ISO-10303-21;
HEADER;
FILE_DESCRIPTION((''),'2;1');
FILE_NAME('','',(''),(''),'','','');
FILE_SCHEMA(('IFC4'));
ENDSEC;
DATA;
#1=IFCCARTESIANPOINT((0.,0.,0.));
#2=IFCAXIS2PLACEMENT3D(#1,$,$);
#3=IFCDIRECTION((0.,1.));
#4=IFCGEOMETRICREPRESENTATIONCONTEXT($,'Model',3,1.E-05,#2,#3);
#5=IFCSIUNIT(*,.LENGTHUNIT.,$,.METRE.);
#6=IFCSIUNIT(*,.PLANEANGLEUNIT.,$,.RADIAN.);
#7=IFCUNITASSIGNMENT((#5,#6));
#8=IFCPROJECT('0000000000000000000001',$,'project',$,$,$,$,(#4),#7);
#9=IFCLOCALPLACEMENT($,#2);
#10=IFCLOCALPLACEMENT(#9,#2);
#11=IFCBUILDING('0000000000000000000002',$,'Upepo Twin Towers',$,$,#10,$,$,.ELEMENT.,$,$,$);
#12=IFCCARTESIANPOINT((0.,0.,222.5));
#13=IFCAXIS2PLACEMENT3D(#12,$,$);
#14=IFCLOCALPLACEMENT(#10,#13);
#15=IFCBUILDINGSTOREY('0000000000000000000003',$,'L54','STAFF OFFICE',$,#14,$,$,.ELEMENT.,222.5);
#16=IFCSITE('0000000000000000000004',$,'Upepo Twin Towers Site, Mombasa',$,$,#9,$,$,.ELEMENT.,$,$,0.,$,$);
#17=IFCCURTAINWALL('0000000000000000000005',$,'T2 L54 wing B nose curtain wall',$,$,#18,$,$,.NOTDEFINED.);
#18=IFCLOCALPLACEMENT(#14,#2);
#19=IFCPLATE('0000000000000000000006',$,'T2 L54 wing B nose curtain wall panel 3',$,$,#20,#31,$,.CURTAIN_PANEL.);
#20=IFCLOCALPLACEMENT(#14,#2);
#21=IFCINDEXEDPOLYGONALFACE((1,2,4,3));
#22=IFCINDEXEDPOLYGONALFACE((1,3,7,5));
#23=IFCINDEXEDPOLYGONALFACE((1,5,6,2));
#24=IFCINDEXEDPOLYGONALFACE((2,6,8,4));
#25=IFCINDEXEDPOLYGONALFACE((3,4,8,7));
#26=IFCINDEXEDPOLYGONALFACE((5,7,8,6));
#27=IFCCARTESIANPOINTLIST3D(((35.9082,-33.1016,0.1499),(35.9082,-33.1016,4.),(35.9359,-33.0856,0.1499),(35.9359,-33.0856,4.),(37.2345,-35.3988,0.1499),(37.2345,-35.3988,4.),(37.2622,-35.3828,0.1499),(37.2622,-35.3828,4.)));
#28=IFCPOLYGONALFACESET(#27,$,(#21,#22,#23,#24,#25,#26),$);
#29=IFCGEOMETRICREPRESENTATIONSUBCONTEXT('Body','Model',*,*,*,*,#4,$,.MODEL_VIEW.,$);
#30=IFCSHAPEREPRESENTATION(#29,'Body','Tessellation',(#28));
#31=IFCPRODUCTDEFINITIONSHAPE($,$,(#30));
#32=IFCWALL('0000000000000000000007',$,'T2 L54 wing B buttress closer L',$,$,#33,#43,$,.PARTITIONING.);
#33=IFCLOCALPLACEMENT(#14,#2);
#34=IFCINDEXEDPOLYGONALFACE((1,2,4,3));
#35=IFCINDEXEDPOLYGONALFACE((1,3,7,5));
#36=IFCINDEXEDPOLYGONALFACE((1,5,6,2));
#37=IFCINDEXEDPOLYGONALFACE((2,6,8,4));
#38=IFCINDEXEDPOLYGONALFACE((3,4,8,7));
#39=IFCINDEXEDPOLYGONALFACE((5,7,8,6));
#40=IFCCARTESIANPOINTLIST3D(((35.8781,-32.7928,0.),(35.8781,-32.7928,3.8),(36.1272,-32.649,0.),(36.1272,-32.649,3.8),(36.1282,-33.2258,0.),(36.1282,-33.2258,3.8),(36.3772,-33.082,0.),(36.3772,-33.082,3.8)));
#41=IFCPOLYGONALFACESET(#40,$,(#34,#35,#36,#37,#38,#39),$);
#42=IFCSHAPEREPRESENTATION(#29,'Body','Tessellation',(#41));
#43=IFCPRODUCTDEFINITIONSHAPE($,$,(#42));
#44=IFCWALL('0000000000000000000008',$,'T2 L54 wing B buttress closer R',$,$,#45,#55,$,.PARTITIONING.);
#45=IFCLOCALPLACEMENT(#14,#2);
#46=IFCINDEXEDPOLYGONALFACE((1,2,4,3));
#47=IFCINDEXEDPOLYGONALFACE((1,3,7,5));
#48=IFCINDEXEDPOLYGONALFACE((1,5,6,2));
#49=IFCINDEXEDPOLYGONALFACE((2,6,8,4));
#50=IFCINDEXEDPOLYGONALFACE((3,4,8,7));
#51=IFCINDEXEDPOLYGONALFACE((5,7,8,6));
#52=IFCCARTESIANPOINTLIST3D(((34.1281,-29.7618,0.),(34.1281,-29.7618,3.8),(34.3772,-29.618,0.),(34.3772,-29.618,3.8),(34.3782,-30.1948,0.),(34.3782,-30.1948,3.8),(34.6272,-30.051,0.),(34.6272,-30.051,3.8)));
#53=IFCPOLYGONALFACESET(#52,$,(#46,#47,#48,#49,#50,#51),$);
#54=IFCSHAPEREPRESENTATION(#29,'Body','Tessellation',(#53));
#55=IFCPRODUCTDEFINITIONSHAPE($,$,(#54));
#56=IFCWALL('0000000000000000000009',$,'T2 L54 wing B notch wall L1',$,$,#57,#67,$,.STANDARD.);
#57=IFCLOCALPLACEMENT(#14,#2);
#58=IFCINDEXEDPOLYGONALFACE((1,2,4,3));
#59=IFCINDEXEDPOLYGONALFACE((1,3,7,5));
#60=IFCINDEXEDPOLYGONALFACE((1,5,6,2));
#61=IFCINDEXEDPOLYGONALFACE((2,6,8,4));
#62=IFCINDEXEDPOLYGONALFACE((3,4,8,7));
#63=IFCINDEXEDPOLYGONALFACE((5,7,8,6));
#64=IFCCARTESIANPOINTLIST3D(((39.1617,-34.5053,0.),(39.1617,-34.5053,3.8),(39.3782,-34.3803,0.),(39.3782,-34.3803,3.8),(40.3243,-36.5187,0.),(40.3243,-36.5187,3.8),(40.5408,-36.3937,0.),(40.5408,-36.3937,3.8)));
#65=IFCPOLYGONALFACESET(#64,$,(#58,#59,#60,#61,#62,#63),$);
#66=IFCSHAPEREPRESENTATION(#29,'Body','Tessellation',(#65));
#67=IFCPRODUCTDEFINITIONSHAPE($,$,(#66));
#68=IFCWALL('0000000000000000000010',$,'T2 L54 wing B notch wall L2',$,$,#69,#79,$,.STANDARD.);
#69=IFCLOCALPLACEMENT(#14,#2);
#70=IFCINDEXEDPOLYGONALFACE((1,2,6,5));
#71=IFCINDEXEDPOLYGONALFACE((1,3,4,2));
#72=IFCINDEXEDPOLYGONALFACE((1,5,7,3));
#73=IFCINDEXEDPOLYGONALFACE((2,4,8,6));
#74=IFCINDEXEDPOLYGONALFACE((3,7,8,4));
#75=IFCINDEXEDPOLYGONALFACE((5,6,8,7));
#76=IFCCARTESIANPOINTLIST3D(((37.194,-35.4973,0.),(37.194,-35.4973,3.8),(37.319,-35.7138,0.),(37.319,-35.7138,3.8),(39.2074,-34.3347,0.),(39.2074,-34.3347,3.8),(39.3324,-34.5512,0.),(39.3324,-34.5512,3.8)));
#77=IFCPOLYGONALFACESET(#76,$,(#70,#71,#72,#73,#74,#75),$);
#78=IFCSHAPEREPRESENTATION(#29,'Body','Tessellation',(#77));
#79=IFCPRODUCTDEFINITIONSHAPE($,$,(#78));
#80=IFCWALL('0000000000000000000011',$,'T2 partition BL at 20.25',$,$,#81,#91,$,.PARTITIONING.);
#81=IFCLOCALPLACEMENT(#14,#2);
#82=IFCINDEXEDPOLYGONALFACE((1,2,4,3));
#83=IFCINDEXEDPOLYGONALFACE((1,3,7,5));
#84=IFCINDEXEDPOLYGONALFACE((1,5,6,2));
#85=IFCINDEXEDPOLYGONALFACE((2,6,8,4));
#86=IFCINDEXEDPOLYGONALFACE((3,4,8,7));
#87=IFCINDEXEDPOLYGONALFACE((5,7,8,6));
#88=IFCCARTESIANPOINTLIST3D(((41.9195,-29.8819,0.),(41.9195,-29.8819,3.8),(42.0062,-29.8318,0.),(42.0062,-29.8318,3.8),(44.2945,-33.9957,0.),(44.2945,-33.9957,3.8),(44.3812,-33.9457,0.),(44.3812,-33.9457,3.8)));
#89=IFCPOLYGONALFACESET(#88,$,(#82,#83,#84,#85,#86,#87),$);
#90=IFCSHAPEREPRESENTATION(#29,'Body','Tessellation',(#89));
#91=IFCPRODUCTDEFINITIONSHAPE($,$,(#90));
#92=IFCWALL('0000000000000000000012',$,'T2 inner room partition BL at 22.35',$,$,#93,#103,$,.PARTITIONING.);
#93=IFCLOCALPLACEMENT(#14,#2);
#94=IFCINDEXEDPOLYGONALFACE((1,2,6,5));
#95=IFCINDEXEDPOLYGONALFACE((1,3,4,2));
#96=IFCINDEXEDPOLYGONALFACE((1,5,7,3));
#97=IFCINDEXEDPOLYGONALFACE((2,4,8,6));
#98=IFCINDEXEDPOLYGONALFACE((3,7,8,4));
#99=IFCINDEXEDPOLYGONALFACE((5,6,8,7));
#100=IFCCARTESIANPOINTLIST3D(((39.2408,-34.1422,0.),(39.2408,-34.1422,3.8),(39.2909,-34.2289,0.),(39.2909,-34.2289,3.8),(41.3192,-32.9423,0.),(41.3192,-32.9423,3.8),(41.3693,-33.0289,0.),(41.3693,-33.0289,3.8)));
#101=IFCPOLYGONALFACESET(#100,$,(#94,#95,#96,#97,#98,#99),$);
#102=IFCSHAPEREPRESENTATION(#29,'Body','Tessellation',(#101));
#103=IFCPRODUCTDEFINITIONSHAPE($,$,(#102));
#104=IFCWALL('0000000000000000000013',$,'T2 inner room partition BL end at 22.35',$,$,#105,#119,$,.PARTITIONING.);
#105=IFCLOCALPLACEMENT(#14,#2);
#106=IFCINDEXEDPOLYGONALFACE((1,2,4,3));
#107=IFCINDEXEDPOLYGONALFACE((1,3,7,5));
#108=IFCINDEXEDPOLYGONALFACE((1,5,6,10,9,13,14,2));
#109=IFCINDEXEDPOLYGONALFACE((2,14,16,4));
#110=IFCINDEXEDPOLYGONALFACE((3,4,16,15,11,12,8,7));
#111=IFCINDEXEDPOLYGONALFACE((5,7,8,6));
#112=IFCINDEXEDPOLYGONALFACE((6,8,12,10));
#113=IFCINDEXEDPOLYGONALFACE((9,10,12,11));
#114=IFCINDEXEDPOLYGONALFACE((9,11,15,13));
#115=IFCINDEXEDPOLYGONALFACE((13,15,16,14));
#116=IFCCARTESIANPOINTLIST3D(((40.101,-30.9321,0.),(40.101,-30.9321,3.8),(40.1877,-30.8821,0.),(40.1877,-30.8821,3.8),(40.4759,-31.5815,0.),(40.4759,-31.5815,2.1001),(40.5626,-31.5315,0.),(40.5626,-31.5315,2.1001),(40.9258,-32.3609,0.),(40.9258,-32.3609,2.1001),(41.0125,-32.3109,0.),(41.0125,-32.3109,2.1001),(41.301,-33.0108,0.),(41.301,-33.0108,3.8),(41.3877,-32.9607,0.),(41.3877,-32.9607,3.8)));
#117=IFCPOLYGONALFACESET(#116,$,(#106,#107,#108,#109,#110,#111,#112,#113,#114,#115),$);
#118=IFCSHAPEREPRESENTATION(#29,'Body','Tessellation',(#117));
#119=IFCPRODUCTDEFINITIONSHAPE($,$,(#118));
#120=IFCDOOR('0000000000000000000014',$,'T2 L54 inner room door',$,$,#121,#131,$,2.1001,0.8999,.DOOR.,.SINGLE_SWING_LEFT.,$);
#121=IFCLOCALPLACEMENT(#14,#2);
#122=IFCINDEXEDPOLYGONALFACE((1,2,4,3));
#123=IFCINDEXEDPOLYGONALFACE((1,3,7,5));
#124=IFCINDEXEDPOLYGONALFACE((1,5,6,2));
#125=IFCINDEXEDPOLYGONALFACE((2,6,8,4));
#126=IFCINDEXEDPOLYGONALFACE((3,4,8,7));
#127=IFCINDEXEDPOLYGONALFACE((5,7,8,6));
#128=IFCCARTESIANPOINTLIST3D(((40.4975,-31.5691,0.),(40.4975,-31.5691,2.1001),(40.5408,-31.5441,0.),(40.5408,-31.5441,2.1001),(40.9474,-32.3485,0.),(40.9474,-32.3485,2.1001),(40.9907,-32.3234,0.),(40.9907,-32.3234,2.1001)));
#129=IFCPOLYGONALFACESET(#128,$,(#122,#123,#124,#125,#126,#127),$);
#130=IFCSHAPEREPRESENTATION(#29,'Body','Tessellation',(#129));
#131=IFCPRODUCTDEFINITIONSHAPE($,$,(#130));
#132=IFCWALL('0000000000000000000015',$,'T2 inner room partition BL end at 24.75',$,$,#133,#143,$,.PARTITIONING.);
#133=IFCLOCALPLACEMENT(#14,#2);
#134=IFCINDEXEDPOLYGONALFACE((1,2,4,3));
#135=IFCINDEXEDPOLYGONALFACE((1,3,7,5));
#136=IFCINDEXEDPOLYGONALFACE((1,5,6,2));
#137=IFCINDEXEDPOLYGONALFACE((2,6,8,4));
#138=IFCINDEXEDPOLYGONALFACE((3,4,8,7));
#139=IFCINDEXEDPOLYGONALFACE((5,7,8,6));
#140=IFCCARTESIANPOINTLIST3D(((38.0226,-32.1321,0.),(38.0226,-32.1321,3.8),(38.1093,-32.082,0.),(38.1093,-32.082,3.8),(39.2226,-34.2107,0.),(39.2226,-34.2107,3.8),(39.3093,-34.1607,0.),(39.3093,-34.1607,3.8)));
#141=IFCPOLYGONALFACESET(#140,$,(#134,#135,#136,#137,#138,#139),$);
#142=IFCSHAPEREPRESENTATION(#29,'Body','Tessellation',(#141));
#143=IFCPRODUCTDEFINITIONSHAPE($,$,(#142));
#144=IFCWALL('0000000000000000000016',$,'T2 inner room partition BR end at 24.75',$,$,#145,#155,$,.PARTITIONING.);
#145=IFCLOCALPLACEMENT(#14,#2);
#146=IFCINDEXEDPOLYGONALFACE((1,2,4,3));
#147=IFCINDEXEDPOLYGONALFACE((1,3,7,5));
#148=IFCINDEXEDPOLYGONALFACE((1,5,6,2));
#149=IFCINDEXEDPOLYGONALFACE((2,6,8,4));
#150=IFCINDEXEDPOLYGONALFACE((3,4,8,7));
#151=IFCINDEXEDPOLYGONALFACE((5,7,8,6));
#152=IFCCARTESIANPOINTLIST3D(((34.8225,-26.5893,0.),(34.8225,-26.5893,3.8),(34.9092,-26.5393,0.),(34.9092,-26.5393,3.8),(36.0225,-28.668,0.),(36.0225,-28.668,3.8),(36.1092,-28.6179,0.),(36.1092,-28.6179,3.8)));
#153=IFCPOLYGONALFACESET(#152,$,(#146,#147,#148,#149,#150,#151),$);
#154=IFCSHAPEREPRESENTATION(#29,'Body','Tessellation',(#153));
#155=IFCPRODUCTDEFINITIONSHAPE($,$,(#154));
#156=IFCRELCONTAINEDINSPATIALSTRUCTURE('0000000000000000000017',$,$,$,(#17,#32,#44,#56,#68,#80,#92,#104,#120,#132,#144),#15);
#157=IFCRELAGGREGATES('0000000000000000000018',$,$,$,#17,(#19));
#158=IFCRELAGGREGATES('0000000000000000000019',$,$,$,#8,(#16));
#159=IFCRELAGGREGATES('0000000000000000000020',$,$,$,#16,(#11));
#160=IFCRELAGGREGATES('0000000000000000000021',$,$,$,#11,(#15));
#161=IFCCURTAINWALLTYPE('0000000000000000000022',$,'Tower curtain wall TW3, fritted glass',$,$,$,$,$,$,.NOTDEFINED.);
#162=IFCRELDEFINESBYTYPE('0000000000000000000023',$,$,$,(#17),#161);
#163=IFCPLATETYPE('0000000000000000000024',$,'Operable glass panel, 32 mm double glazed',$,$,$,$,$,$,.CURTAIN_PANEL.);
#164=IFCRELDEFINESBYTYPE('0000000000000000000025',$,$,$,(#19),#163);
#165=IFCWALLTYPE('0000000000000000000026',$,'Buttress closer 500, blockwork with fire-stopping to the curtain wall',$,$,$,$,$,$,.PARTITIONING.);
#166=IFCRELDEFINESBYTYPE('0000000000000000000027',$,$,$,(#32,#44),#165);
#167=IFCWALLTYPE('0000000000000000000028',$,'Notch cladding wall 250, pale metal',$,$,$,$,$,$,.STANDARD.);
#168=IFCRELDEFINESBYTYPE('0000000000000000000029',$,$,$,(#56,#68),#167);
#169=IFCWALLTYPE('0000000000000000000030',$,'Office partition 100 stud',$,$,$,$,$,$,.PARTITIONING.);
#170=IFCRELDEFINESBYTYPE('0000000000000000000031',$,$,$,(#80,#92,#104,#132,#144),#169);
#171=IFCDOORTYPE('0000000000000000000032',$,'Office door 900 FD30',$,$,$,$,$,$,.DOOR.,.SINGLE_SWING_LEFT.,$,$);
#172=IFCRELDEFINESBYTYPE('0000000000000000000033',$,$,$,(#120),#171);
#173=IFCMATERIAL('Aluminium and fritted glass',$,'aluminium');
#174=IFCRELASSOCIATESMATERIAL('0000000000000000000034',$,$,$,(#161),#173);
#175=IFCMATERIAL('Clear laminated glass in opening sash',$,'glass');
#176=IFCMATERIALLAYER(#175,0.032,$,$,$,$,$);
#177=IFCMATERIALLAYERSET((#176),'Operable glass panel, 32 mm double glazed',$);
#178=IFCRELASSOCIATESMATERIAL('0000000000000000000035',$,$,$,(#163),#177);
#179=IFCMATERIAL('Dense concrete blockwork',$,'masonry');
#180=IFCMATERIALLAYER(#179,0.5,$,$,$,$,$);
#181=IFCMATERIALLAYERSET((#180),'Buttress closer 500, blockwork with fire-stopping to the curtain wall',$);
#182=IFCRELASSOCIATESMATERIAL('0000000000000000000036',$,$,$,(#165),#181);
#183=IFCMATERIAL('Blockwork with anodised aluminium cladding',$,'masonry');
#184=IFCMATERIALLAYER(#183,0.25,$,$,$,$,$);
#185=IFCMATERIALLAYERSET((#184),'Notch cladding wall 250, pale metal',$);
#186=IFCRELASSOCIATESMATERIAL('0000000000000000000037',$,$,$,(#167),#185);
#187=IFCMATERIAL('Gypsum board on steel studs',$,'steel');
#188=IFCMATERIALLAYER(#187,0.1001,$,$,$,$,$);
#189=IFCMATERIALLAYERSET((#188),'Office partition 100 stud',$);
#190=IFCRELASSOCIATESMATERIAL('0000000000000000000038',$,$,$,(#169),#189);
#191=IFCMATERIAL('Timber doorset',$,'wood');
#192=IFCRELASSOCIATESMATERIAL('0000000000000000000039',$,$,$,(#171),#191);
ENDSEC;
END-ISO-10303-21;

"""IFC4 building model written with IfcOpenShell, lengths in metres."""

from ifc_helpers import new_model, si_unit, direction, frame, frame_2d, origin, origin_2d, place, context, subcontext, project, spatial, rectangle, extrude, material, layer, layer_set, type_object, element, fill, aggregate, save


model = new_model("IFC4")

# Units and contexts
model_context = context("Model", 3, precision=1e-05, world=origin(), true_north=direction((0.0, 1.0)))
body_context = subcontext(model_context, "Body", "Model", "MODEL_VIEW")
ifc_project = project(units=[si_unit("LENGTHUNIT", "METRE"), si_unit("PLANEANGLEUNIT", "RADIAN")], contexts=[model_context])

# Site, building, storey
site_placement = place(None, origin())
site = spatial("IfcSite", under=ifc_project, at=site_placement, Name="Upepo Twin Towers Site, Mombasa", CompositionType="ELEMENT", RefElevation=0.0)
building_placement = place(site_placement, origin())
building = spatial("IfcBuilding", under=site, at=building_placement, Name="Upepo Twin Towers", CompositionType="ELEMENT")
storey_placement = place(building_placement, frame((0.0, 0.0, 222.5)))
storey = spatial("IfcBuildingStorey", under=building, at=storey_placement, Name="L54", Description="STAFF OFFICE", CompositionType="ELEMENT", Elevation=222.5)

# Shared definitions
ifc_material_1 = material(Name="Aluminium and fritted glass", Category="aluminium")
curtain_wall_type = type_object("IfcCurtainWallType", Name="Tower curtain wall TW3, fritted glass", PredefinedType="NOTDEFINED", material=ifc_material_1)

# Curtain wall
curtain_wall_1_placement = place(storey_placement, origin())
curtain_wall_1 = element("IfcCurtainWall", 1, at=curtain_wall_1_placement, inside=storey, type_object=curtain_wall_type, Name="T2 L54 wing B nose curtain wall", PredefinedType="NOTDEFINED")

# Plate
ifc_material_2 = material(Name="Clear laminated glass in opening sash", Category="glass")
ifc_layer_1 = layer(ifc_material_2, 0.032)
ifc_layer_set_1 = layer_set([ifc_layer_1], Name="Operable glass panel, 32 mm double glazed")
plate_type_1 = type_object("IfcPlateType", Name="Operable glass panel, 32 mm double glazed", PredefinedType="CURTAIN_PANEL", material=ifc_layer_set_1)
plate_1_placement = place(storey_placement, frame((36.5852, -34.2422, 0.1499), z_axis=(0.0, 0.0, 1.0), x_axis=(0.5, -0.866025, 0.0)))
plate_1 = element("IfcPlate", 2, at=plate_1_placement, type_object=plate_type_1, Name="T2 L54 wing B nose curtain wall panel 3", PredefinedType="CURTAIN_PANEL", context=body_context, shape_type="SweptSolid", body=[
    extrude(rectangle(XDim=2.6526, YDim=0.032, at=origin_2d()), origin(), (0.0, 0.0, 1.0), 3.8501),
])
aggregate(curtain_wall_1, [plate_1])

# Walls
ifc_material_3 = material(Name="Dense concrete blockwork", Category="masonry")
ifc_layer_2 = layer(ifc_material_3, 0.5)
ifc_layer_set_2 = layer_set([ifc_layer_2], Name="Buttress closer 500, blockwork with fire-stopping to the curtain wall")
wall_type_1 = type_object("IfcWallType", Name="Buttress closer 500, blockwork with fire-stopping to the curtain wall", PredefinedType="PARTITIONING", material=ifc_layer_set_2)
for number, where, z_axis, x_axis, name in (
    (3, (36.2522, -32.8655, 0.0), (0.0, 0.0, 1.0), (-0.865988, -0.500065, 0.0), "T2 L54 wing B buttress closer L"),
    (4, (34.5022, -29.8345, 0.0), (0.0, 0.0, 1.0), (-0.865988, -0.500065, 0.0), "T2 L54 wing B buttress closer R"),
):
    element("IfcWall", number, at=place(storey_placement, frame(where, z_axis=z_axis, x_axis=x_axis)), inside=storey, type_object=wall_type_1, Name=name, PredefinedType="PARTITIONING", context=body_context, shape_type="SweptSolid", body=[
        extrude(rectangle(XDim=0.2876, YDim=0.5, at=frame_2d((0.1438, 0.0))), origin(), (0.0, 0.0, 1.0), 3.8),
    ])
ifc_material_4 = material(Name="Blockwork with anodised aluminium cladding", Category="masonry")
ifc_layer_3 = layer(ifc_material_4, 0.25)
ifc_layer_set_3 = layer_set([ifc_layer_3], Name="Notch cladding wall 250, pale metal")
wall_type_2 = type_object("IfcWallType", Name="Notch cladding wall 250, pale metal", PredefinedType="STANDARD", material=ifc_layer_set_3)
for number, where, z_axis, x_axis, name in (
    (5, (40.4326, -36.4563, 0.0), (0.0, 0.0, 1.0), (-0.500047, 0.865998, 0.0), "T2 L54 wing B notch wall L1"),
    (6, (39.27, -34.4429, 0.0), (0.0, 0.0, 1.0), (-0.865998, -0.500047, 0.0), "T2 L54 wing B notch wall L2"),
):
    element("IfcWall", number, at=place(storey_placement, frame(where, z_axis=z_axis, x_axis=x_axis)), inside=storey, type_object=wall_type_2, Name=name, PredefinedType="STANDARD", context=body_context, shape_type="SweptSolid", body=[
        extrude(rectangle(XDim=2.325, YDim=0.25, at=frame_2d((1.1626, 0.0))), origin(), (0.0, 0.0, 1.0), 3.8),
    ])
ifc_material_5 = material(Name="Gypsum board on steel studs", Category="steel")
ifc_layer_4 = layer(ifc_material_5, 0.1001)
ifc_layer_set_4 = layer_set([ifc_layer_4], Name="Office partition 100 stud")
wall_type_3 = type_object("IfcWallType", Name="Office partition 100 stud", PredefinedType="PARTITIONING", material=ifc_layer_set_4)
wall_1_placement = place(storey_placement, frame((41.9629, -29.8569, 0.0), z_axis=(0.0, 0.0, 1.0), x_axis=(0.499986, -0.866033, 0.0)))
element("IfcWall", 7, at=wall_1_placement, inside=storey, type_object=wall_type_3, Name="T2 partition BL at 20.25", PredefinedType="PARTITIONING", context=body_context, shape_type="SweptSolid", body=[
    extrude(rectangle(XDim=4.7502, YDim=0.1001, at=frame_2d((2.375, 0.0))), origin(), (0.0, 0.0, 1.0), 3.8),
])
wall_2_placement = place(storey_placement, frame((41.3442, -32.9856, 0.0), z_axis=(0.0, 0.0, 1.0), x_axis=(-0.866025, -0.500001, 0.0)))
element("IfcWall", 8, at=wall_2_placement, inside=storey, type_object=wall_type_3, Name="T2 inner room partition BL at 22.35", PredefinedType="PARTITIONING", context=body_context, shape_type="SweptSolid", body=[
    extrude(rectangle(XDim=2.3999, YDim=0.1001, at=frame_2d((1.2, 0.0))), origin(), (0.0, 0.0, 1.0), 3.8),
])

# Wall, opening, door
wall_3_placement = place(storey_placement, frame((40.1443, -30.907, 0.0), z_axis=(0.0, 0.0, 1.0), x_axis=(0.499957, -0.86605, 0.0)))
wall_3 = element("IfcWall", 9, at=wall_3_placement, inside=storey, type_object=wall_type_3, Name="T2 inner room partition BL end at 22.35", PredefinedType="PARTITIONING", context=body_context, shape_type="SweptSolid", body=[
    extrude(rectangle(XDim=2.4001, YDim=0.1001, at=frame_2d((1.2002, 0.0))), origin(), (0.0, 0.0, 1.0), 3.8),
])
opening_placement = place(wall_3_placement, frame((0.75, 0.0, 0.0)))
opening = element("IfcOpeningElement", 10, at=opening_placement, cuts=wall_3, PredefinedType="OPENING", context=body_context, shape_type="SweptSolid", body=[
    extrude(rectangle(XDim=0.8999, YDim=2.1001, at=frame_2d((0.45, 1.05))), frame((0.0, 0.0601, 0.0), z_axis=(0.0, -1.0, 0.0), x_axis=(1.0, 0.0, 0.0)), (0.0, 0.0, 1.0), 0.1201),
])
ifc_material_6 = material(Name="Timber doorset", Category="wood")
door_type = type_object("IfcDoorType", Name="Office door 900 FD30", OperationType="SINGLE_SWING_LEFT", PredefinedType="DOOR", material=ifc_material_6)
door_placement = place(opening_placement, origin())
door = element("IfcDoor", 11, at=door_placement, inside=storey, type_object=door_type, Name="T2 L54 inner room door", OperationType="SINGLE_SWING_LEFT", OverallHeight=2.1001, OverallWidth=0.8999, PredefinedType="DOOR", context=body_context, shape_type="SweptSolid", body=[
    extrude(rectangle(XDim=0.8999, YDim=2.1001, at=frame_2d((0.45, 1.05))), frame((0.0, 0.0249, 0.0), z_axis=(0.0, -1.0, 0.0), x_axis=(1.0, 0.0, 0.0)), (0.0, 0.0, 1.0), 0.05),
])
fill(opening, door)

# Walls
for number, where, z_axis, x_axis, name in (
    (12, (38.0659, -32.1069, 0.0), (0.0, 0.0, 1.0), (0.499957, -0.86605, 0.0), "T2 inner room partition BL end at 24.75"),
    (13, (36.0659, -28.6431, 0.0), (0.0, 0.0, 1.0), (-0.499957, 0.86605, 0.0), "T2 inner room partition BR end at 24.75"),
):
    element("IfcWall", number, at=place(storey_placement, frame(where, z_axis=z_axis, x_axis=x_axis)), inside=storey, type_object=wall_type_3, Name=name, PredefinedType="PARTITIONING", context=body_context, shape_type="SweptSolid", body=[
        extrude(rectangle(XDim=2.4001, YDim=0.1001, at=frame_2d((1.2002, 0.0))), origin(), (0.0, 0.0, 1.0), 3.8),
    ])

save(model, "model.ifc")
